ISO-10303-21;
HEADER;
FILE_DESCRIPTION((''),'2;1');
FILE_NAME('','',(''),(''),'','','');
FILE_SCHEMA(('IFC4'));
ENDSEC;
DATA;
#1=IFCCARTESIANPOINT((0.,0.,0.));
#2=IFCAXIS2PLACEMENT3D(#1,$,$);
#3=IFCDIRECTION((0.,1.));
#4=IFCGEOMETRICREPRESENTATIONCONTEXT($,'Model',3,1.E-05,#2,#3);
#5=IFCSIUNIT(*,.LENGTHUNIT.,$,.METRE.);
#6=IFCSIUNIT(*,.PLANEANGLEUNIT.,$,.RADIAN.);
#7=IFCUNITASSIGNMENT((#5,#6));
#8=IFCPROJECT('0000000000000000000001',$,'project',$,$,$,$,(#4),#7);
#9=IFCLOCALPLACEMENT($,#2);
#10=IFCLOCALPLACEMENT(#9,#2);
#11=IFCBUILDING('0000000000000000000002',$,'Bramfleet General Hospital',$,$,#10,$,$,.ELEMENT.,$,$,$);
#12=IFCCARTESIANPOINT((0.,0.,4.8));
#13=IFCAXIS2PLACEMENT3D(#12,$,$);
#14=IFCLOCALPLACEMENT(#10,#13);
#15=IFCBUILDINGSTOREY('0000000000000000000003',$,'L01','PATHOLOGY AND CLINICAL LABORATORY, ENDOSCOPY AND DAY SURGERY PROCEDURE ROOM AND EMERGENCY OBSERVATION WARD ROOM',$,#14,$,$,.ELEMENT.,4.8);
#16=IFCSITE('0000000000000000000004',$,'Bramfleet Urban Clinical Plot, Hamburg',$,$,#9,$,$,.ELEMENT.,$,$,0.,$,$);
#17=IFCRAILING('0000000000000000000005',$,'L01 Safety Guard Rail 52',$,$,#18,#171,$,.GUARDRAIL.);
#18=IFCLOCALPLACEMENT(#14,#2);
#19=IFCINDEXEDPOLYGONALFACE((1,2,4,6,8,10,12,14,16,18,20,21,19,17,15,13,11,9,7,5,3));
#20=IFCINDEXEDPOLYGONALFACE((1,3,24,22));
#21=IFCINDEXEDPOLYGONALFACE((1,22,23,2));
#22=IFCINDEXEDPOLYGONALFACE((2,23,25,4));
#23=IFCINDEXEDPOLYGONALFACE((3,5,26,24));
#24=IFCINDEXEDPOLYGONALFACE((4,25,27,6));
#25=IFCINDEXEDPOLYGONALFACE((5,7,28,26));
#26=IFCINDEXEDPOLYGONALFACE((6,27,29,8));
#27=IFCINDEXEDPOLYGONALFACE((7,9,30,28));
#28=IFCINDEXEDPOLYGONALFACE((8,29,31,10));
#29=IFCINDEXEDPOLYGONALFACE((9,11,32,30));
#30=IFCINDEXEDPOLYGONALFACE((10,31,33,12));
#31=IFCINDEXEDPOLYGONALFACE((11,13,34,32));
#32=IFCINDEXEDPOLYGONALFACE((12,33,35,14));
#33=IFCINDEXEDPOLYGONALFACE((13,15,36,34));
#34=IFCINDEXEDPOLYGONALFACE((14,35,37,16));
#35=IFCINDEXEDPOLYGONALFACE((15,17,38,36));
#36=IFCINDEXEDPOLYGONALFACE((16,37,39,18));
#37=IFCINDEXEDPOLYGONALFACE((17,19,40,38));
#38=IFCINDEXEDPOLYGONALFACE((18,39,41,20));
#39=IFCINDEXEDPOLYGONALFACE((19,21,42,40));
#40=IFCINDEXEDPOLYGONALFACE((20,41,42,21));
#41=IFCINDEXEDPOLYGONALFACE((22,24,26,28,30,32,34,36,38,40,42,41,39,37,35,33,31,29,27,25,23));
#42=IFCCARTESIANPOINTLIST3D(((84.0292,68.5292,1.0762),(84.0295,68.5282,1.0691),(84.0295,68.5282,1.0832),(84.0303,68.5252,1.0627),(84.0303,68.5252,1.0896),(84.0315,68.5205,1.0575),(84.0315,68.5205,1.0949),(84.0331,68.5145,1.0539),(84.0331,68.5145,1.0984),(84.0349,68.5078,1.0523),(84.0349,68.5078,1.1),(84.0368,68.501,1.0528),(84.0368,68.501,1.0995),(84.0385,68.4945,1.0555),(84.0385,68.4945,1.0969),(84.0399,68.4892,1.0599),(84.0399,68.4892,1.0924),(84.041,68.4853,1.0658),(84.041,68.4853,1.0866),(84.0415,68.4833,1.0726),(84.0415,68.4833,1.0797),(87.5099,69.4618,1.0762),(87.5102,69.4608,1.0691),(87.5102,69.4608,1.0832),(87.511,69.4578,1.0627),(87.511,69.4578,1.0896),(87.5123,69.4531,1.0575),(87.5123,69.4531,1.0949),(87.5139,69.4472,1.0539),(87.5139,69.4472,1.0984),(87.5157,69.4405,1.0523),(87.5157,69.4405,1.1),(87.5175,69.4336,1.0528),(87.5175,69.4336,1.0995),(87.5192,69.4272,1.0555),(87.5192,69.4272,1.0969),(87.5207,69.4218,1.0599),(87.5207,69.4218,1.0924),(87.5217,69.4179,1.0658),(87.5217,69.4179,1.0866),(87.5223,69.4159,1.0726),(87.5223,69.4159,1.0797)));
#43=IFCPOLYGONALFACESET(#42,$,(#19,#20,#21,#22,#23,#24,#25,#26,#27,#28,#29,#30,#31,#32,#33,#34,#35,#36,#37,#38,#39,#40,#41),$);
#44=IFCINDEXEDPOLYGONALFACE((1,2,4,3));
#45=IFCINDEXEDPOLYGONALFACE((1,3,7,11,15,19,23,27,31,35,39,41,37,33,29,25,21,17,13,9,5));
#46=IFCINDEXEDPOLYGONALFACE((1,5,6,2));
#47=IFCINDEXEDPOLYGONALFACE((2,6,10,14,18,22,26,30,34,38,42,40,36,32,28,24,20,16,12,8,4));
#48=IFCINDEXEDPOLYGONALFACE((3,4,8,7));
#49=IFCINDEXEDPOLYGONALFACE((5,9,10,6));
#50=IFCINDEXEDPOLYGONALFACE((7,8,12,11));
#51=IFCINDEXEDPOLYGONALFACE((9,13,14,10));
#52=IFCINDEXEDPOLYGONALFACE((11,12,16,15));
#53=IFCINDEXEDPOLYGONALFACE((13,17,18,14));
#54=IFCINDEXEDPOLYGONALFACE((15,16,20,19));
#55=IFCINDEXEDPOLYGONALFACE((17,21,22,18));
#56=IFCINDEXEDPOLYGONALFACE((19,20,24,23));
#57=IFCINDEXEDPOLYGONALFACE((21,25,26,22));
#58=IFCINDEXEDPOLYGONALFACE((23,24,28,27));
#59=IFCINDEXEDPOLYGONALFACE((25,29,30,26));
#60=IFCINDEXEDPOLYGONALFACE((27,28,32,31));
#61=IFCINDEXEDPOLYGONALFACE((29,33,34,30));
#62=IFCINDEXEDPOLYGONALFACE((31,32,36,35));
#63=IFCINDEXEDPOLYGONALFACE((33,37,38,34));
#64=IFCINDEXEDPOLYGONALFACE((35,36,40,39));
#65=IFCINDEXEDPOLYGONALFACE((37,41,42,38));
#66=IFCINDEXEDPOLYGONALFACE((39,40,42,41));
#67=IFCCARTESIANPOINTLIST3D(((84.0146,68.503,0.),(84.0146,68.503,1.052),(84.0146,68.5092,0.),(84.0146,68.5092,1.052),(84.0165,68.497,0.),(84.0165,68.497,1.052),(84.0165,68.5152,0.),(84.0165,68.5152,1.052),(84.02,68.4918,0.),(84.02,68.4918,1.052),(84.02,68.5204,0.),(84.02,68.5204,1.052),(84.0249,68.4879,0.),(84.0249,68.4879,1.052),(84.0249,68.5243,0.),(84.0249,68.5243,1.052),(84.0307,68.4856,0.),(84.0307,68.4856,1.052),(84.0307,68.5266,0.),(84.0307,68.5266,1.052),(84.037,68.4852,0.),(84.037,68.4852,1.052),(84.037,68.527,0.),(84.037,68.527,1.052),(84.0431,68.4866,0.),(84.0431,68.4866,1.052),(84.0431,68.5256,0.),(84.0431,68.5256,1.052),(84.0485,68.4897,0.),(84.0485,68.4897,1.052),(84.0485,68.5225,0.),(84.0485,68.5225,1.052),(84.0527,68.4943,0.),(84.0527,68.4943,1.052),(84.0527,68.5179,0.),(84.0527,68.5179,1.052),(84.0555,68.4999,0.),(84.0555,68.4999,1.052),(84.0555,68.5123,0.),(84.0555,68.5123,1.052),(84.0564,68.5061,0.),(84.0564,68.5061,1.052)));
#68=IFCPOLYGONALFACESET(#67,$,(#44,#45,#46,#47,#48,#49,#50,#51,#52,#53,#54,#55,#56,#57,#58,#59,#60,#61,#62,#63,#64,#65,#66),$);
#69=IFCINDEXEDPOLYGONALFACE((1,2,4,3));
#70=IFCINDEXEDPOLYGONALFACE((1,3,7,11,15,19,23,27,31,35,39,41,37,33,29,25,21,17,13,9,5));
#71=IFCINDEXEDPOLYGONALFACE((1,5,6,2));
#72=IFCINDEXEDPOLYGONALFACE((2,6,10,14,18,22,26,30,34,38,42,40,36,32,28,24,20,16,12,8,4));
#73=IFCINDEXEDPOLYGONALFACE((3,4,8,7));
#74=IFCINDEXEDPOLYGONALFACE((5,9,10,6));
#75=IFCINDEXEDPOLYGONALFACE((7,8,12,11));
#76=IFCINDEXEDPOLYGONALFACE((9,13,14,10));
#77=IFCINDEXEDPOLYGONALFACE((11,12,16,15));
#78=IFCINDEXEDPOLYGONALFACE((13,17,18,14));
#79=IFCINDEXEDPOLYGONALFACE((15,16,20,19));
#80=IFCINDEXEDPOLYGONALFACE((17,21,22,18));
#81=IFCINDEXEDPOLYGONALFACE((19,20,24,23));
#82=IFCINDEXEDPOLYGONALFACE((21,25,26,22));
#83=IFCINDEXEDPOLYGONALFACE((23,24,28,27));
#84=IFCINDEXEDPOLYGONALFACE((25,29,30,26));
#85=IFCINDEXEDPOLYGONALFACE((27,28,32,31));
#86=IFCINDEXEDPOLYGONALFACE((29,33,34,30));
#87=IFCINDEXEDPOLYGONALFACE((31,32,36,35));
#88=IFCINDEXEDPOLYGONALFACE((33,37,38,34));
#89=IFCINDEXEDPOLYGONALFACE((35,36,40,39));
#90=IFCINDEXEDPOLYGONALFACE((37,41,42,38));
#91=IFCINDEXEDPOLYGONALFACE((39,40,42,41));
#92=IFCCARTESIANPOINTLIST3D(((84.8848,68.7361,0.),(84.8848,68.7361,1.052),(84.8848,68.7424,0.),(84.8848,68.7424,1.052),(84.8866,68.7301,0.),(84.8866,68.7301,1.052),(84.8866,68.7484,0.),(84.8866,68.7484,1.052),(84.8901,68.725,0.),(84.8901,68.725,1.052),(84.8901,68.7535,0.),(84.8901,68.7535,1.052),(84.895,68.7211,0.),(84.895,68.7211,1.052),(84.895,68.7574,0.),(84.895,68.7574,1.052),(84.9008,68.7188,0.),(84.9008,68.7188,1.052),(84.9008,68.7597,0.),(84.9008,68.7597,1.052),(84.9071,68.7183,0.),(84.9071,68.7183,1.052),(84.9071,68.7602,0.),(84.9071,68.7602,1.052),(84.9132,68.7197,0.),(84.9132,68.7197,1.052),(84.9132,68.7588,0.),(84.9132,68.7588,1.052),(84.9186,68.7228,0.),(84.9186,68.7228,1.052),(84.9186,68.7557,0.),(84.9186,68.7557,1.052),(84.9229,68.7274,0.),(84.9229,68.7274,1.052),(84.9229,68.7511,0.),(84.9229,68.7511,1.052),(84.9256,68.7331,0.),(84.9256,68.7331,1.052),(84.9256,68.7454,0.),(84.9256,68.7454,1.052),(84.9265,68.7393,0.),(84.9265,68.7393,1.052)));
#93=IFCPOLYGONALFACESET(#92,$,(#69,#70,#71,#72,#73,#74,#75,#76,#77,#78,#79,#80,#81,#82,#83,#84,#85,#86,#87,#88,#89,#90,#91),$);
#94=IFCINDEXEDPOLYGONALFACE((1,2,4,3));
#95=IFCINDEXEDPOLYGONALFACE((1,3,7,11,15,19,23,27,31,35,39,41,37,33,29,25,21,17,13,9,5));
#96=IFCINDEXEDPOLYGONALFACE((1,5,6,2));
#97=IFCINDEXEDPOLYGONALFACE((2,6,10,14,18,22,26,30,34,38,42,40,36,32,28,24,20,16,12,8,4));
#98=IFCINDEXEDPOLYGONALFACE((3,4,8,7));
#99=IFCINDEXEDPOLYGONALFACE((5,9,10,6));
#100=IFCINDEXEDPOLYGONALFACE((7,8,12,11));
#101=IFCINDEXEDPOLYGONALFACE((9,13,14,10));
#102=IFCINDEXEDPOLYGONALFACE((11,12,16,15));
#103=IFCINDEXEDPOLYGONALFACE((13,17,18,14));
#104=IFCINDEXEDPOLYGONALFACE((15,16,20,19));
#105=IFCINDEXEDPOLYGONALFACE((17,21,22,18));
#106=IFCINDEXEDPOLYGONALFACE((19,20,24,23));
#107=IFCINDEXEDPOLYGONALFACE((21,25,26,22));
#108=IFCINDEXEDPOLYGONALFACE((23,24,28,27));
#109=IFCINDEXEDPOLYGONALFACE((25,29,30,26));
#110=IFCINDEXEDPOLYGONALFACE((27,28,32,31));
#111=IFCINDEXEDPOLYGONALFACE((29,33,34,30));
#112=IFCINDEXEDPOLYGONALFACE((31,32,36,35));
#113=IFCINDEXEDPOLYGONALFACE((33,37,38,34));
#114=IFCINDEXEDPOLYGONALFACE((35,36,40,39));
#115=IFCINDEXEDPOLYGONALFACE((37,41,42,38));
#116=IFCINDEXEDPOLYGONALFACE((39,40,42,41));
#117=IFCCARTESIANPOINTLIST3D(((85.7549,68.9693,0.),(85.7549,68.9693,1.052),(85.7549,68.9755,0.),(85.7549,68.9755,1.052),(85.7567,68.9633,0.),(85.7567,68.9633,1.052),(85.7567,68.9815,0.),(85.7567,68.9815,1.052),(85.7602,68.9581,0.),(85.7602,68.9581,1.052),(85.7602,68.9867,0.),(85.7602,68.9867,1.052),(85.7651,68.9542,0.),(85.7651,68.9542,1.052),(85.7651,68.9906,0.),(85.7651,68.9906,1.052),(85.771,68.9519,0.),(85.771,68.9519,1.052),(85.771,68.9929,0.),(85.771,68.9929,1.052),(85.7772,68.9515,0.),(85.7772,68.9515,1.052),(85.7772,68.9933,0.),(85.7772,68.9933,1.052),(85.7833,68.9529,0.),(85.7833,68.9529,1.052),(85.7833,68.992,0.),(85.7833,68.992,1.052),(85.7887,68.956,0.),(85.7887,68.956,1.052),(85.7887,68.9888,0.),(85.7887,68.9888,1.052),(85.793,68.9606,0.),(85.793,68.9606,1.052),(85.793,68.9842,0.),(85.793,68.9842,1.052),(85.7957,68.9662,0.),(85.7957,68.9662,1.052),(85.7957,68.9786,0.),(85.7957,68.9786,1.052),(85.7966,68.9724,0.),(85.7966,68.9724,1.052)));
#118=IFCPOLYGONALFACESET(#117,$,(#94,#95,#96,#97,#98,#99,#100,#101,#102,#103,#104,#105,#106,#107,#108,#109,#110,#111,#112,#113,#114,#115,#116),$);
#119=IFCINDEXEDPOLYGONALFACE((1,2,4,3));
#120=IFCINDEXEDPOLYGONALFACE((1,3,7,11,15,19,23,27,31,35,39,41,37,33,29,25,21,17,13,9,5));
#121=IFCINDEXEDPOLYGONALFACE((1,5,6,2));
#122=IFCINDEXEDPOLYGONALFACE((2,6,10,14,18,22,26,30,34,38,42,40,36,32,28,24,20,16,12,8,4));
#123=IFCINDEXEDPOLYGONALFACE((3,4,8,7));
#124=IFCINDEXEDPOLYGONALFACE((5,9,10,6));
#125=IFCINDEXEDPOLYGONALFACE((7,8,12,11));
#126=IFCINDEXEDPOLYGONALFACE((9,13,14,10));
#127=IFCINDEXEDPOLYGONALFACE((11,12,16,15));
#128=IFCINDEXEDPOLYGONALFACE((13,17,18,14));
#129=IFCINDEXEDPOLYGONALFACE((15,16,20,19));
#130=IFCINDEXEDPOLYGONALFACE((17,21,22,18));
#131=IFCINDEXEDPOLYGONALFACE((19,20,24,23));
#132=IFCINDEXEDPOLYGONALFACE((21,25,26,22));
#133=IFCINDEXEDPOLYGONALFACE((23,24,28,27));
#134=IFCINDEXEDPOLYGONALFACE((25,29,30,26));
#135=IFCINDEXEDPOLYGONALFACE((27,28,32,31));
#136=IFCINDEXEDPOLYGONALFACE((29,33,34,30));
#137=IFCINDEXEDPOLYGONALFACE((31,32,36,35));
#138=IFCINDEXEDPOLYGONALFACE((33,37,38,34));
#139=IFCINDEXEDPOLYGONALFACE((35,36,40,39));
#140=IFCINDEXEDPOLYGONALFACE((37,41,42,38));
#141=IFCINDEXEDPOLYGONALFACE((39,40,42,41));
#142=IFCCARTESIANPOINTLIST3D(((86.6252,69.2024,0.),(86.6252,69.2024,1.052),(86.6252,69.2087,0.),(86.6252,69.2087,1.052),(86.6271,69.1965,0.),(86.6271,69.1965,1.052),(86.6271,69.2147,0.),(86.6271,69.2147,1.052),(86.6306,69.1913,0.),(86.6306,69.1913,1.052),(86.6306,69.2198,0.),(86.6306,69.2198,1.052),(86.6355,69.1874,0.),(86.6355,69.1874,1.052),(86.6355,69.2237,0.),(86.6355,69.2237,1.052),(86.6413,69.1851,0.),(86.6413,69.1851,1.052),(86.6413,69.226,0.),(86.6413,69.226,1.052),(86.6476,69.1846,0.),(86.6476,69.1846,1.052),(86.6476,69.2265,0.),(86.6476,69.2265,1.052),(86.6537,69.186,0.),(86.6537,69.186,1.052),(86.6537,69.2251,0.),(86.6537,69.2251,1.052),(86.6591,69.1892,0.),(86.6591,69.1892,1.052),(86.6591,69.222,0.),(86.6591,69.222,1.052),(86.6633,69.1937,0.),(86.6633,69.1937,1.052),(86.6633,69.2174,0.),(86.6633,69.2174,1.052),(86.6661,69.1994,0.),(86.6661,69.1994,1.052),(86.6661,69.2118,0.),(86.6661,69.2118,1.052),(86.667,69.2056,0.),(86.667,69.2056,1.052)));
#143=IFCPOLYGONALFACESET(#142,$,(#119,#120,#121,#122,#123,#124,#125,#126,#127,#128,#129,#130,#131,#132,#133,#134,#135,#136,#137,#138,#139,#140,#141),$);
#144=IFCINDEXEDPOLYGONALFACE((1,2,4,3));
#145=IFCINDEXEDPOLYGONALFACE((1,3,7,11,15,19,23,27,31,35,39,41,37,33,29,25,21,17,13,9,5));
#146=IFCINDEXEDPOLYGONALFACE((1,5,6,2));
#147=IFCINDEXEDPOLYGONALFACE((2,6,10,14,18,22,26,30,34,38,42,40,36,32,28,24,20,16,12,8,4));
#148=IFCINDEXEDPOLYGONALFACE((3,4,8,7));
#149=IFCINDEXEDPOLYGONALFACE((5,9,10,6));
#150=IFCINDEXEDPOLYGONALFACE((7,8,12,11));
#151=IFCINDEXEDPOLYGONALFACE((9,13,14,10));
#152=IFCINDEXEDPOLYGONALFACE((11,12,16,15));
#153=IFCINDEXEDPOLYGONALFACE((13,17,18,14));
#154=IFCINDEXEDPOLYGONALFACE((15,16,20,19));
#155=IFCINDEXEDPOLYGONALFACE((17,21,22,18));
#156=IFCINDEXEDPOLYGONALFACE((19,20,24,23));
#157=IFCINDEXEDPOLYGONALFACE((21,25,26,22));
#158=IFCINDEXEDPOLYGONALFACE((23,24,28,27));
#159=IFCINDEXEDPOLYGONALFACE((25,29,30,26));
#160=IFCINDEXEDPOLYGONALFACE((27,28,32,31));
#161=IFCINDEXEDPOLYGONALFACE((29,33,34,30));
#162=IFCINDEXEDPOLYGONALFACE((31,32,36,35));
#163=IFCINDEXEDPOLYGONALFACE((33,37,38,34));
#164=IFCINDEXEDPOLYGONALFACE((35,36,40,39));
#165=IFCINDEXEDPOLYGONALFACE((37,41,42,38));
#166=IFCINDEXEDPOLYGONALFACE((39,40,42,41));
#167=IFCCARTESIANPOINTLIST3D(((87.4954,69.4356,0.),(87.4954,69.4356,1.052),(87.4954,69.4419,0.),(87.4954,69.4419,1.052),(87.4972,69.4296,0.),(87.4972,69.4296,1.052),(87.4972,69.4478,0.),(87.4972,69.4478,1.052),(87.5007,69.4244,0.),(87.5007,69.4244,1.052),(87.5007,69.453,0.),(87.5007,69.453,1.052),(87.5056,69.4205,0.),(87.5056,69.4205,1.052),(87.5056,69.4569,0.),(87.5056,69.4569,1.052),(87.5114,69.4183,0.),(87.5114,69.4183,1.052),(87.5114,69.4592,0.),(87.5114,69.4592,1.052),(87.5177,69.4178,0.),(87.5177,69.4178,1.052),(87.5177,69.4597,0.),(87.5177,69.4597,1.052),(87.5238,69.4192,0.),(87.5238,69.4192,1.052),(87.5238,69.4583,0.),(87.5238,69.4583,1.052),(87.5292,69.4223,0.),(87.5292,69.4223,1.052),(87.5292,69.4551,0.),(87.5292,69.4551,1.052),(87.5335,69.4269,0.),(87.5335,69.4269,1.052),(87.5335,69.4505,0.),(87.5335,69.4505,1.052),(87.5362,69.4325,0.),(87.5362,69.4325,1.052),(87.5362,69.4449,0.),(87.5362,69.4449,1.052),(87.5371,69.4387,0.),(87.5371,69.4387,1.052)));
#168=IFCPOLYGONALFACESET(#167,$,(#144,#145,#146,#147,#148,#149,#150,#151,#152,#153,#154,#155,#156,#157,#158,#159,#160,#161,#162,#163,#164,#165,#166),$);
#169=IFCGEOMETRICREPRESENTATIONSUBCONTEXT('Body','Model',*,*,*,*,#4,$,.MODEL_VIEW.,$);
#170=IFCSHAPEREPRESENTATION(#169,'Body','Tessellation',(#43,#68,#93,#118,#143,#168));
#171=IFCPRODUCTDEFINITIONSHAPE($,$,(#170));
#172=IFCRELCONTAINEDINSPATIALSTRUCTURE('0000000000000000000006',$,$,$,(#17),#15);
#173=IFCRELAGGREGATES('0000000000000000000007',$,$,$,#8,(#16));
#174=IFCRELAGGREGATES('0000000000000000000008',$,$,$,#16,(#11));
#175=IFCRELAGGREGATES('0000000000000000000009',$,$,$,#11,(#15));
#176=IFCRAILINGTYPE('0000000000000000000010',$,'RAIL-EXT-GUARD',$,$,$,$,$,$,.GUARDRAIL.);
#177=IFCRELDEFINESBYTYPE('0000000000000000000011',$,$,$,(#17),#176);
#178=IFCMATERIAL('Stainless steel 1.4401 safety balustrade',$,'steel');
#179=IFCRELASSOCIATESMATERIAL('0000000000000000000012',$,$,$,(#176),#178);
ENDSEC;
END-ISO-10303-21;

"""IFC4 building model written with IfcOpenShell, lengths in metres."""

from ifc_helpers import new_model, si_unit, direction, frame, origin, origin_2d, place, context, subcontext, project, spatial, circle, extrude, material, type_object, element, save


model = new_model("IFC4")

# Units and contexts
model_context = context("Model", 3, precision=1e-05, world=origin(), true_north=direction((0.0, 1.0)))
body_context = subcontext(model_context, "Body", "Model", "MODEL_VIEW")
ifc_project = project(units=[si_unit("LENGTHUNIT", "METRE"), si_unit("PLANEANGLEUNIT", "RADIAN")], contexts=[model_context])

# Site, building, storey
site_placement = place(None, origin())
site = spatial("IfcSite", under=ifc_project, at=site_placement, Name="Bramfleet Urban Clinical Plot, Hamburg", CompositionType="ELEMENT", RefElevation=0.0)
building_placement = place(site_placement, origin())
building = spatial("IfcBuilding", under=site, at=building_placement, Name="Bramfleet General Hospital", CompositionType="ELEMENT")
storey_placement = place(building_placement, frame((0.0, 0.0, 4.8)))
storey = spatial("IfcBuildingStorey", under=building, at=storey_placement, Name="L01", Description="PATHOLOGY AND CLINICAL LABORATORY, ENDOSCOPY AND DAY SURGERY PROCEDURE ROOM AND EMERGENCY OBSERVATION WARD ROOM", CompositionType="ELEMENT", Elevation=4.8)

# Railing
ifc_material_1 = material(Name="Stainless steel 1.4401 safety balustrade", Category="steel")
railing_type = type_object("IfcRailingType", Name="RAIL-EXT-GUARD", PredefinedType="GUARDRAIL", material=ifc_material_1)
railing_1_placement = place(storey_placement, frame((84.0354, 68.5061, 0.0)))
element("IfcRailing", 1, at=railing_1_placement, inside=storey, type_object=railing_type, Name="L01 Safety Guard Rail 52", PredefinedType="GUARDRAIL", context=body_context, shape_type="SweptSolid", body=[
    extrude(circle(Radius=0.0239, at=origin_2d()), frame((0.0, 0.0, 1.0762), z_axis=(0.965928, 0.258809, 0.0), x_axis=(-0.258809, 0.965928, 0.0)), (0.0, 0.0, 1.0), 3.6035),
    extrude(circle(Radius=0.021, at=origin_2d()), origin(), (0.0, 0.0, 1.0), 1.052),
    extrude(circle(Radius=0.021, at=origin_2d()), frame((0.8701, 0.2332, 0.0)), (0.0, 0.0, 1.0), 1.052),
    extrude(circle(Radius=0.021, at=origin_2d()), frame((1.7402, 0.4663, 0.0)), (0.0, 0.0, 1.0), 1.052),
    extrude(circle(Radius=0.021, at=origin_2d()), frame((2.6106, 0.6995, 0.0)), (0.0, 0.0, 1.0), 1.052),
    extrude(circle(Radius=0.021, at=origin_2d()), frame((3.4807, 0.9326, 0.0)), (0.0, 0.0, 1.0), 1.052),
])

save(model, "model.ifc")
